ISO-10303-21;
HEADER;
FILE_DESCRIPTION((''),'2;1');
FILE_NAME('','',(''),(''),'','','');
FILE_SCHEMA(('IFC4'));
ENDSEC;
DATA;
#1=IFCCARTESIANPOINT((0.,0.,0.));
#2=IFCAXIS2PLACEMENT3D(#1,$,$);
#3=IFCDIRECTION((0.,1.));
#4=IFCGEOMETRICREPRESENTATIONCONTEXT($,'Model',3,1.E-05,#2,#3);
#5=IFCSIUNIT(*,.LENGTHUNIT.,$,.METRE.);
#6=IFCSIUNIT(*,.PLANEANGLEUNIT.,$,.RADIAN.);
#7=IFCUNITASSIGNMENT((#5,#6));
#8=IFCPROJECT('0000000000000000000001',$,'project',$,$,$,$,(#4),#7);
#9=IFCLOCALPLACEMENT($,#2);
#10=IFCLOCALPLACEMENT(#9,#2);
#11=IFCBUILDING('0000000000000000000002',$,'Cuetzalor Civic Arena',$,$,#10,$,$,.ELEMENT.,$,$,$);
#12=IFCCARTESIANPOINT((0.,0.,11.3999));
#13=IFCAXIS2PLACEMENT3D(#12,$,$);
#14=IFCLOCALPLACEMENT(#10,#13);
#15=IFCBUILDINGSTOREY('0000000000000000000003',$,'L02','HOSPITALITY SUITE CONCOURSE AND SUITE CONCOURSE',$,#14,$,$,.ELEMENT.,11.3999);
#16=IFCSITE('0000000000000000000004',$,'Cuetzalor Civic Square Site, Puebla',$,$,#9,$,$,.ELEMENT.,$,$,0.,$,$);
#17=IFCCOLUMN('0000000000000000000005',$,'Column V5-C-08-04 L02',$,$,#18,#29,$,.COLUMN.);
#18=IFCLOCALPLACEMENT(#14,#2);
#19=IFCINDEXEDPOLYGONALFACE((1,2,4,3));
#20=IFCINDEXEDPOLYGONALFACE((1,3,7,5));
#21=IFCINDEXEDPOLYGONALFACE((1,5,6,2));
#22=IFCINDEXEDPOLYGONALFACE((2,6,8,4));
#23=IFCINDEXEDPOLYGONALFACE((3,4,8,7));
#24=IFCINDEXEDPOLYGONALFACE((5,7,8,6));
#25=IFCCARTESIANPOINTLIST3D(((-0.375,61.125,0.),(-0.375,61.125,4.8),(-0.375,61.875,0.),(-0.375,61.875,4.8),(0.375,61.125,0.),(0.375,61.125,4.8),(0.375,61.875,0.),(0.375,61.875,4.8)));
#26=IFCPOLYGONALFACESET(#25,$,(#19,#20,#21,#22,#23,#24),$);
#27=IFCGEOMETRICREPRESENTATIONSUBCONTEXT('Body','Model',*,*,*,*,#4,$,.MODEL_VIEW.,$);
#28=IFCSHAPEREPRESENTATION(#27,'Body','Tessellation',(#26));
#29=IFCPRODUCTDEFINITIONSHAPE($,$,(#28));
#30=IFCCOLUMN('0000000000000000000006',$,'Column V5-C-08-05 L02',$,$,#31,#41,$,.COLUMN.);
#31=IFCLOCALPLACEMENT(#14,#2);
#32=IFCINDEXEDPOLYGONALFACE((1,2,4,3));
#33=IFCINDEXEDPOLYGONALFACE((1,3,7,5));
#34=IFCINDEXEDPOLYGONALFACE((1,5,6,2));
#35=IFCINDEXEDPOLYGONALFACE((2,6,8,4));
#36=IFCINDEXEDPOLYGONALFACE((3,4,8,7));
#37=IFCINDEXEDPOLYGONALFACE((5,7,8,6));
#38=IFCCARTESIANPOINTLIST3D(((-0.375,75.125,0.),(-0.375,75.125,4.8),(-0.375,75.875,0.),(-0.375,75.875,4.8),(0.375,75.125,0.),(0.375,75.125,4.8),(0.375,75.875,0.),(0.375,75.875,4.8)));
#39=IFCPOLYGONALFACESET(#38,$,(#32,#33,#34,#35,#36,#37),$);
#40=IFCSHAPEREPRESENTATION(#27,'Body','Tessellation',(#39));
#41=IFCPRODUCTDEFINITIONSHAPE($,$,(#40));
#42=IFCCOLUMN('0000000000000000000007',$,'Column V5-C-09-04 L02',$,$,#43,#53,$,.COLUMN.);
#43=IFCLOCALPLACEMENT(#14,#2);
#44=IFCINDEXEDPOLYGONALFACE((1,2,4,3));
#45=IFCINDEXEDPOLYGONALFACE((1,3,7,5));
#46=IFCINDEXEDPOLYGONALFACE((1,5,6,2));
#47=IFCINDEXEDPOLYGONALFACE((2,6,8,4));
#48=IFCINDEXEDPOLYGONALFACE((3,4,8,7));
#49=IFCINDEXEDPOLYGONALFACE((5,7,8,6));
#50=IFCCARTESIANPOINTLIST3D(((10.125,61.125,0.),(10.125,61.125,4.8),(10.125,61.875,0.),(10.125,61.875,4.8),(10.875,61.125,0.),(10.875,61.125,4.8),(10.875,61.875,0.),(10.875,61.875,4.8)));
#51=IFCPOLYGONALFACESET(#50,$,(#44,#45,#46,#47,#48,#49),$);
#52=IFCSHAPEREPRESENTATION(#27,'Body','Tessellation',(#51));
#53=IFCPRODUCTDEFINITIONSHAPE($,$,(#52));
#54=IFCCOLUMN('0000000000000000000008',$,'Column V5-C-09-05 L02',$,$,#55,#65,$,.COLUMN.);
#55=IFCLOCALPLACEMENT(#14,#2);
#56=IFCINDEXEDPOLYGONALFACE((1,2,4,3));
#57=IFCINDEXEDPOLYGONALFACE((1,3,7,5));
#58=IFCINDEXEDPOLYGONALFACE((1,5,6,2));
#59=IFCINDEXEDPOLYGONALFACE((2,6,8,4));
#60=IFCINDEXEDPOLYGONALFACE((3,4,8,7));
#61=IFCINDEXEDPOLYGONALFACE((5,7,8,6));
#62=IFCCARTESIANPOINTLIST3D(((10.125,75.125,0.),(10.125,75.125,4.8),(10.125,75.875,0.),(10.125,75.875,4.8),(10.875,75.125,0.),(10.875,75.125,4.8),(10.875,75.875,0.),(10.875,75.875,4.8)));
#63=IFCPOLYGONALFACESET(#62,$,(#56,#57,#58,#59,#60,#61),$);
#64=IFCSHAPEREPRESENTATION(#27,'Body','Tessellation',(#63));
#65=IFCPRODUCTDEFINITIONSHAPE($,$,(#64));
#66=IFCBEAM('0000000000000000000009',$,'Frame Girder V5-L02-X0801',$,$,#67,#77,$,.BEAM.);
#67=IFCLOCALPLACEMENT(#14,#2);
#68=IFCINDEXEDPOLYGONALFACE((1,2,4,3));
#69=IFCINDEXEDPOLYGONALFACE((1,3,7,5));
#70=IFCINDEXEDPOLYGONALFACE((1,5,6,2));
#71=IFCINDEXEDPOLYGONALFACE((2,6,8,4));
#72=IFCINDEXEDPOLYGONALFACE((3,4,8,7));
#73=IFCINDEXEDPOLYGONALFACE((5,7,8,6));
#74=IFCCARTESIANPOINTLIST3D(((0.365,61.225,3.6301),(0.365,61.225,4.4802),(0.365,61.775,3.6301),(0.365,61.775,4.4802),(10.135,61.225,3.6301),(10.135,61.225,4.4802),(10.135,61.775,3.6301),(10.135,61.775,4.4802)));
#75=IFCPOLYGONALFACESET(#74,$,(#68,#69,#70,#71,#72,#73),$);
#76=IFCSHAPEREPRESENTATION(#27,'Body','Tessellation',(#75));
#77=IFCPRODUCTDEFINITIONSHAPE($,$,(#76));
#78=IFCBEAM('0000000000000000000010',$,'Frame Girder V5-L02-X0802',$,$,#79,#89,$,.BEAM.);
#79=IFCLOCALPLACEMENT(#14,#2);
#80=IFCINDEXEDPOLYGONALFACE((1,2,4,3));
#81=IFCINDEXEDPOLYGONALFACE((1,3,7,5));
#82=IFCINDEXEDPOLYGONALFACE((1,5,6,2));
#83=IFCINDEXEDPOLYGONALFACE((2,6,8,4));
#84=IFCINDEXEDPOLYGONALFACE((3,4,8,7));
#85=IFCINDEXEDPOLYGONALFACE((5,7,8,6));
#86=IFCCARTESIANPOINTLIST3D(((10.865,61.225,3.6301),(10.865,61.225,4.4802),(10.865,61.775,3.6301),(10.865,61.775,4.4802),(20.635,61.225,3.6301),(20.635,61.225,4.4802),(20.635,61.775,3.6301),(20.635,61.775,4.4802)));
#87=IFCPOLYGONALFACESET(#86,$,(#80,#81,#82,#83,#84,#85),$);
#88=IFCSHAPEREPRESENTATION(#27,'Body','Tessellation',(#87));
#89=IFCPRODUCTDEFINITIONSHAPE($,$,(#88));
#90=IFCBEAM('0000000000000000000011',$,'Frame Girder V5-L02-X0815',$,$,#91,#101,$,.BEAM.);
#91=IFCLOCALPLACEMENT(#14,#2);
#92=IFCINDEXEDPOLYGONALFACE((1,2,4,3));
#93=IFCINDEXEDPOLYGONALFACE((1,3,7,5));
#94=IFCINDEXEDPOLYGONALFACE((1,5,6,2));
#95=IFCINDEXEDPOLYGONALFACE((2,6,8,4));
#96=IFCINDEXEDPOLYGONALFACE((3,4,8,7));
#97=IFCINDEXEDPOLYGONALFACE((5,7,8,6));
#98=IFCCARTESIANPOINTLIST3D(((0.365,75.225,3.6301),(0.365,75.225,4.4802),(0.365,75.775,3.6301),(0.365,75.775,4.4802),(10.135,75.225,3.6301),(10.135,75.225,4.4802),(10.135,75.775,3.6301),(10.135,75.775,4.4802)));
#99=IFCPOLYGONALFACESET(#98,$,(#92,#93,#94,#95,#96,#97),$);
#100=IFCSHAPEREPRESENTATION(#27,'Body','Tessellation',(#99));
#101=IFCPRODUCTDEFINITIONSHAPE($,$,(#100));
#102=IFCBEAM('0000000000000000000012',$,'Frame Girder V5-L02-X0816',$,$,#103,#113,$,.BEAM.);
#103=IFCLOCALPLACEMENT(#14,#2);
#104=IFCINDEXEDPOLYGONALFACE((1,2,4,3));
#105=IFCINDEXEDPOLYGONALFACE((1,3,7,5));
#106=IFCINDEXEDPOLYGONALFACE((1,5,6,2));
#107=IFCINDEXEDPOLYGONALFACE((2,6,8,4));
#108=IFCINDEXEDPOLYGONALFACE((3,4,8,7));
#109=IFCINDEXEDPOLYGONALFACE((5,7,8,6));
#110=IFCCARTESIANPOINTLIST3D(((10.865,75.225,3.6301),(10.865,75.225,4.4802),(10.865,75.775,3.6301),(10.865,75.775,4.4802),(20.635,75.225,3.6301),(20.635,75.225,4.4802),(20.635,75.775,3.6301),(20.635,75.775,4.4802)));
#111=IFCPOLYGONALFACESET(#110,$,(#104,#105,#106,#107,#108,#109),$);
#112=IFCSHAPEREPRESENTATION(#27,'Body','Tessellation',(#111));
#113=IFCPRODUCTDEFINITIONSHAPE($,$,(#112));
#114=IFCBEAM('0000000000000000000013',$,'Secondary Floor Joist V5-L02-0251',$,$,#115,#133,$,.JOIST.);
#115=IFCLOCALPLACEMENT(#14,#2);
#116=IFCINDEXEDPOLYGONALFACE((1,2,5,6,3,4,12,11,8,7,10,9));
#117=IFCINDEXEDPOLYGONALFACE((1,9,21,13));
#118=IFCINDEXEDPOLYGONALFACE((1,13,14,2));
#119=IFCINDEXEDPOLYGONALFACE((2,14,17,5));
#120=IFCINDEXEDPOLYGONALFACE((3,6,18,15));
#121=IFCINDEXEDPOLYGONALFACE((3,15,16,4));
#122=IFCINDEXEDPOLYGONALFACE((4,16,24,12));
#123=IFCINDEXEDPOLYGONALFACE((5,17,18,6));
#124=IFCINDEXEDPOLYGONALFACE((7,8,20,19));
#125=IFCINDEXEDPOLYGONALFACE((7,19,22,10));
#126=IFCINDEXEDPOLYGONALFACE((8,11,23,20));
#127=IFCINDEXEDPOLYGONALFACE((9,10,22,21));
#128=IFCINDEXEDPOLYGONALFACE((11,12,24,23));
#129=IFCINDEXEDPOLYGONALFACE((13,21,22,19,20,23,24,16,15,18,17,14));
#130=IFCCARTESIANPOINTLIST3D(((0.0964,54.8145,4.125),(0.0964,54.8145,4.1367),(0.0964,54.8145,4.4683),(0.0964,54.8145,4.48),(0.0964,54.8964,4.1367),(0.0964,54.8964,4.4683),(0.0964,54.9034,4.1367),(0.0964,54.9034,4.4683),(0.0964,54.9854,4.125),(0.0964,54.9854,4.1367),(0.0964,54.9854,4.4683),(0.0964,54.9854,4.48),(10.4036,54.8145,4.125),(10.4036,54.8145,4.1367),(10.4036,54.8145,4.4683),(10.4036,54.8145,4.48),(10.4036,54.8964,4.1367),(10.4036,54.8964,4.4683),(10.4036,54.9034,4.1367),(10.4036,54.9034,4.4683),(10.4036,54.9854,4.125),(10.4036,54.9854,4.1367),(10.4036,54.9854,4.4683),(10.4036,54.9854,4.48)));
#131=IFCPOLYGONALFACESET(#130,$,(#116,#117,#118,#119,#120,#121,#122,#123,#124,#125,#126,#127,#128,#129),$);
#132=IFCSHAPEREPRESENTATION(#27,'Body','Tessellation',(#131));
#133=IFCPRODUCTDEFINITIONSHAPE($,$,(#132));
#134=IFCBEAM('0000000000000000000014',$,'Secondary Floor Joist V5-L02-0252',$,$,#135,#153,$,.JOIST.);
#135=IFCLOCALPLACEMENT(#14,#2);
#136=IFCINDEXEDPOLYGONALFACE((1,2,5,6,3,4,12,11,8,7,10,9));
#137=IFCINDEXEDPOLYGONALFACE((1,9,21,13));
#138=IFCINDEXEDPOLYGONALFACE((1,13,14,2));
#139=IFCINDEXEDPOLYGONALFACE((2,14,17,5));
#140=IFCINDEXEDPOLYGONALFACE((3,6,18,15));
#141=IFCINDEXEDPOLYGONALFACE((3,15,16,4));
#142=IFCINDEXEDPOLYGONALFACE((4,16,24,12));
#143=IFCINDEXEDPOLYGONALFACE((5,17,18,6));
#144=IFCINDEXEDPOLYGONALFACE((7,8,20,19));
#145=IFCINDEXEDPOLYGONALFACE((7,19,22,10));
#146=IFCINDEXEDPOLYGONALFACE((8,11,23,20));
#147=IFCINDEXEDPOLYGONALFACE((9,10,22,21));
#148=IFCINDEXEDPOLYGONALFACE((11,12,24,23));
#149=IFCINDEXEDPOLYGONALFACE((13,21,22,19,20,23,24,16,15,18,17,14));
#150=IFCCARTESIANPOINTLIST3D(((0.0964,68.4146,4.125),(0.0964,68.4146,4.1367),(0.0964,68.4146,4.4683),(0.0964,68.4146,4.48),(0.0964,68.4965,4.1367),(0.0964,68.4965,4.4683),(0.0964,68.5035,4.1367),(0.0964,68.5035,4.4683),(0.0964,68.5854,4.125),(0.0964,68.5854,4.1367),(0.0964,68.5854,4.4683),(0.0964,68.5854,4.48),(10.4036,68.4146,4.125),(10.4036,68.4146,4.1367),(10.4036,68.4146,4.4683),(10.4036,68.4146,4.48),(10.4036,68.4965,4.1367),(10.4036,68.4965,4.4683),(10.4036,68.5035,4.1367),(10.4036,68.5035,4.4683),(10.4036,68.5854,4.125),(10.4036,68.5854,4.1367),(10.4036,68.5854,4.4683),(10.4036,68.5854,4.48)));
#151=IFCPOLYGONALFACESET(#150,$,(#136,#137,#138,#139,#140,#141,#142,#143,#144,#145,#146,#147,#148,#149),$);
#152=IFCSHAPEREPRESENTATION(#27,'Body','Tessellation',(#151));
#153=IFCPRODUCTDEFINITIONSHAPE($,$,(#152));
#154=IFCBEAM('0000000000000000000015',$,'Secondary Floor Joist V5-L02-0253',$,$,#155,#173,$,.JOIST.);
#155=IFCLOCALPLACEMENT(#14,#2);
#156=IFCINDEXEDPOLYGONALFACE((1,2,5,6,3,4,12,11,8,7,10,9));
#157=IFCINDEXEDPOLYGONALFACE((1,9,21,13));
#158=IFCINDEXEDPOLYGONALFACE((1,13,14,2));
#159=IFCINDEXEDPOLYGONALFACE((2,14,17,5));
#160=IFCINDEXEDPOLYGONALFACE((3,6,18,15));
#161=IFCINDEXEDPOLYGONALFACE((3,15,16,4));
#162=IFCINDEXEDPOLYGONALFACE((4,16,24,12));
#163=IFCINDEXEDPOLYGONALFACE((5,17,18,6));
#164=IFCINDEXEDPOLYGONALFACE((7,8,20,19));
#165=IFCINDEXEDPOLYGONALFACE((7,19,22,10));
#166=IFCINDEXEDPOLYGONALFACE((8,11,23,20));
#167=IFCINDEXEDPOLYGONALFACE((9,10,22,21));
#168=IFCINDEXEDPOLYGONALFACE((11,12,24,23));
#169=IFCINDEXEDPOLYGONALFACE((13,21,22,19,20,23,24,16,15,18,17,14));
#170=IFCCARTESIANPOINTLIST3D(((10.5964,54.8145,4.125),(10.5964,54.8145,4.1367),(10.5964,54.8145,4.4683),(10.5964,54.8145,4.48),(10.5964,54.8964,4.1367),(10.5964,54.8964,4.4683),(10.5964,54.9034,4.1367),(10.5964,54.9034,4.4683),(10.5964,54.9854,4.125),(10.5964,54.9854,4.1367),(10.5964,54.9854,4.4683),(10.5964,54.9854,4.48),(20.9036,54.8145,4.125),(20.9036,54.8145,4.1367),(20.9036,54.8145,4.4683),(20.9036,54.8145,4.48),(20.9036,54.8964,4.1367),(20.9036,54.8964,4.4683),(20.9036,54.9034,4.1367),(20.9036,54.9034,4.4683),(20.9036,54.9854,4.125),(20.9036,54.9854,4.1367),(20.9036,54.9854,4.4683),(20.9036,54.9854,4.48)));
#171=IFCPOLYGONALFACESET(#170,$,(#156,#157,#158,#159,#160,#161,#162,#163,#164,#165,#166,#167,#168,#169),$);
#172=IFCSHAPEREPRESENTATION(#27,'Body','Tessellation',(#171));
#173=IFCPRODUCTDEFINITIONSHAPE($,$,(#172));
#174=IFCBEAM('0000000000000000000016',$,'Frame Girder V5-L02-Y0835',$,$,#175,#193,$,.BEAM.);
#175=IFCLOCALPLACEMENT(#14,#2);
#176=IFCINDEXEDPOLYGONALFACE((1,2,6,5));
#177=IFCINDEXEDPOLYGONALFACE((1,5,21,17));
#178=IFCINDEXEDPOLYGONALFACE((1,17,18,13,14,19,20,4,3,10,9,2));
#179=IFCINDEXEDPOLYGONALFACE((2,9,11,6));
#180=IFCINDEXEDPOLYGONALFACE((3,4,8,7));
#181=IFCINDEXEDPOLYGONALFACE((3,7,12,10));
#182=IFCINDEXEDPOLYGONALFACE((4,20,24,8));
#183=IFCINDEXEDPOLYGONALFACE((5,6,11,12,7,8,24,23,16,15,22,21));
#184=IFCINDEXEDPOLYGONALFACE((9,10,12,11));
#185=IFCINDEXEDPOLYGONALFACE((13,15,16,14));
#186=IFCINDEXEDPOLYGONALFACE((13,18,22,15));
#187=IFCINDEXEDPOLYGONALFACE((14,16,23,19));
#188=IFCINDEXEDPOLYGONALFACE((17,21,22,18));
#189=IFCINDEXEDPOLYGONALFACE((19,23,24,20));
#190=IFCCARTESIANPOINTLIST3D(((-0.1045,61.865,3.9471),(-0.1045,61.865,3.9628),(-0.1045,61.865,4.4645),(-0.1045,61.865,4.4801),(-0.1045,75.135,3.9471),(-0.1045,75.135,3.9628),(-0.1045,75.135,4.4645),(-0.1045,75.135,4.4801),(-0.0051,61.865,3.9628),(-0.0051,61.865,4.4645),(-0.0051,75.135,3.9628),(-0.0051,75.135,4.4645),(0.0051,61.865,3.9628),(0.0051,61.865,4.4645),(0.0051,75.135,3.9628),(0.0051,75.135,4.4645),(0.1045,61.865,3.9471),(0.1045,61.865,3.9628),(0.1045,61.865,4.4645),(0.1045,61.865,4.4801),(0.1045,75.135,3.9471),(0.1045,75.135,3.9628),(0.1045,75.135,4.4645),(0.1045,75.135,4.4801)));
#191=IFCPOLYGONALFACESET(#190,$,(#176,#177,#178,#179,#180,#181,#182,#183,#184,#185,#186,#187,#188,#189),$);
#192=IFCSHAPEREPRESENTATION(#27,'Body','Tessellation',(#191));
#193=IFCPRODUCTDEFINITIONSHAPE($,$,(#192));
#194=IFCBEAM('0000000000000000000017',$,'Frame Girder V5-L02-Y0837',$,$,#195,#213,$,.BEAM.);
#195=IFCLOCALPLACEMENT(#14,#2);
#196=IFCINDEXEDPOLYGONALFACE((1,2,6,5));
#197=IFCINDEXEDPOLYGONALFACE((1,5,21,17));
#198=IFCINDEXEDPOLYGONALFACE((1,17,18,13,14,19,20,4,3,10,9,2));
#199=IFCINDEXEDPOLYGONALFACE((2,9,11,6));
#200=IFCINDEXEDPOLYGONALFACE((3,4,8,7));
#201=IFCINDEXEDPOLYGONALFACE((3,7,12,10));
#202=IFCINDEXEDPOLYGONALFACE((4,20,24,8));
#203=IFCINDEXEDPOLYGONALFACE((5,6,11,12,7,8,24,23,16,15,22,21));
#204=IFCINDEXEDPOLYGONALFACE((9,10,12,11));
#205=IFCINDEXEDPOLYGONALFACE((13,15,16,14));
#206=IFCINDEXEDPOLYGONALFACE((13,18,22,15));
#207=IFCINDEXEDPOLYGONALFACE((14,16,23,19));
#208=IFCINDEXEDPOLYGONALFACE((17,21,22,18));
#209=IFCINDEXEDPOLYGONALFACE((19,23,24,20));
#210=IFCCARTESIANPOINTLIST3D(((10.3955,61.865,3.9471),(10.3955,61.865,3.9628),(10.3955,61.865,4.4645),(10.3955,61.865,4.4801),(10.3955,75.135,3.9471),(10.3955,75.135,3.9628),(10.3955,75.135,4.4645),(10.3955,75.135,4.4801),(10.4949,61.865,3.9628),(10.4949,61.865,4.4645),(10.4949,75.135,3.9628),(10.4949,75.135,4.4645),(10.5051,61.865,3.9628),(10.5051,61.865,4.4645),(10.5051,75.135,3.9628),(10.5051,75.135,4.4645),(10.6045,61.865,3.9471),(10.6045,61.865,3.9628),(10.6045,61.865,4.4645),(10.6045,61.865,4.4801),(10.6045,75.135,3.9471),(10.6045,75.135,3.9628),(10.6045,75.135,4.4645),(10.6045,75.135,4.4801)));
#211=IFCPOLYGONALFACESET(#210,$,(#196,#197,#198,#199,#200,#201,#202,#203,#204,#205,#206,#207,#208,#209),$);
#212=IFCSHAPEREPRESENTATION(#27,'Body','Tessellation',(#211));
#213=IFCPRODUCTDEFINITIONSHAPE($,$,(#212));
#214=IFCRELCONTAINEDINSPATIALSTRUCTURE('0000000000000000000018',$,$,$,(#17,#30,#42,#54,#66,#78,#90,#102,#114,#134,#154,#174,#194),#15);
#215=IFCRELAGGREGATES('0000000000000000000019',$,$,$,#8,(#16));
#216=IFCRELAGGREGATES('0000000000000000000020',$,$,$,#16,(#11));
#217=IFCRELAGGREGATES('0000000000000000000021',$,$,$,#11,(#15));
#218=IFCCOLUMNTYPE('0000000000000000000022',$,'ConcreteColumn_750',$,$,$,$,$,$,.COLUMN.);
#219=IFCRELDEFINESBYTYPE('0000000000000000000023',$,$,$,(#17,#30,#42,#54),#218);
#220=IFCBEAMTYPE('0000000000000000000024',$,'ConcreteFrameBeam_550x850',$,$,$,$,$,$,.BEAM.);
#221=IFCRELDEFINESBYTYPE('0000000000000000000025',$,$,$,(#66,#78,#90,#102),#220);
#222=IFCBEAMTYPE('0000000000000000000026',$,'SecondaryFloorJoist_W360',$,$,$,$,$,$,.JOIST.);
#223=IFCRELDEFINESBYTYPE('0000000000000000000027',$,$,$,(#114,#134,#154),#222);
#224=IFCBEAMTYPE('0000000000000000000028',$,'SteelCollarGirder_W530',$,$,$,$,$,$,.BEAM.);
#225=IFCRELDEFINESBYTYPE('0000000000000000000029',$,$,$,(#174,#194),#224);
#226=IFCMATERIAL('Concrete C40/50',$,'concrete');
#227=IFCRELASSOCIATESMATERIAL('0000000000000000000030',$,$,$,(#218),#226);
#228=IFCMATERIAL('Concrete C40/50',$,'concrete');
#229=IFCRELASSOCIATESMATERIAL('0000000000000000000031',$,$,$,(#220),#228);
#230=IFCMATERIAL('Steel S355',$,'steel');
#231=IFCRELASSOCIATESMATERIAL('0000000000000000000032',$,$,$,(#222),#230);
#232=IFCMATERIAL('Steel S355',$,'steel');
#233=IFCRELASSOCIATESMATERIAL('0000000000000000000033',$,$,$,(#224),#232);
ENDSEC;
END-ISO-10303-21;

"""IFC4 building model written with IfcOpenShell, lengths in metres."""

from ifc_helpers import new_model, si_unit, direction, frame, origin, origin_2d, place, context, subcontext, project, spatial, rectangle, i_section, extrude, material, material_profile, profile_set, type_object, element, save


model = new_model("IFC4")

# Units and contexts
model_context = context("Model", 3, precision=1e-05, world=origin(), true_north=direction((0.0, 1.0)))
body_context = subcontext(model_context, "Body", "Model", "MODEL_VIEW")
ifc_project = project(units=[si_unit("LENGTHUNIT", "METRE"), si_unit("PLANEANGLEUNIT", "RADIAN")], contexts=[model_context])

# Site, building, storey
site_placement = place(None, origin())
site = spatial("IfcSite", under=ifc_project, at=site_placement, Name="Cuetzalor Civic Square Site, Puebla", CompositionType="ELEMENT", RefElevation=0.0)
building_placement = place(site_placement, origin())
building = spatial("IfcBuilding", under=site, at=building_placement, Name="Cuetzalor Civic Arena", CompositionType="ELEMENT")
storey_placement = place(building_placement, frame((0.0, 0.0, 11.3999)))
storey = spatial("IfcBuildingStorey", under=building, at=storey_placement, Name="L02", Description="HOSPITALITY SUITE CONCOURSE AND SUITE CONCOURSE", CompositionType="ELEMENT", Elevation=11.3999)

# Columns
ifc_material_1 = material(Name="Concrete C40/50", Category="concrete")
ifc_material_profile_1 = material_profile(ifc_material_1, rectangle(XDim=0.75, YDim=0.75, at=origin_2d()), Name="RC 750x750")
ifc_profile_set_1 = profile_set([ifc_material_profile_1], Name="Concrete C40/50")
column_type = type_object("IfcColumnType", Name="ConcreteColumn_750", PredefinedType="COLUMN", material=ifc_profile_set_1)
for number, where, z_axis, x_axis, name in (
    (1, (0.0, 61.5, 0.0), (0.0, 0.0, 1.0), (1.0, 0.0, 0.0), "Column V5-C-08-04 L02"),
    (2, (0.0, 75.5, 0.0), (0.0, 0.0, 1.0), (1.0, 0.0, 0.0), "Column V5-C-08-05 L02"),
    (3, (10.5, 61.5, 0.0), (0.0, 0.0, 1.0), (1.0, 0.0, 0.0), "Column V5-C-09-04 L02"),
    (4, (10.5, 75.5, 0.0), (0.0, 0.0, 1.0), (1.0, 0.0, 0.0), "Column V5-C-09-05 L02"),
):
    element("IfcColumn", number, at=place(storey_placement, frame(where, z_axis=z_axis, x_axis=x_axis)), inside=storey, type_object=column_type, Name=name, PredefinedType="COLUMN", context=body_context, shape_type="SweptSolid", body=[
        extrude(rectangle(XDim=0.75, YDim=0.75, at=origin_2d()), origin(), (0.0, 0.0, 1.0), 4.8),
    ])

# Beams
ifc_material_2 = material(Name="Concrete C40/50", Category="concrete")
ifc_material_profile_2 = material_profile(ifc_material_2, rectangle(XDim=0.55, YDim=0.8501, at=origin_2d()), Name="RC 550x850")
ifc_profile_set_2 = profile_set([ifc_material_profile_2], Name="Concrete C40/50")
beam_type_1 = type_object("IfcBeamType", Name="ConcreteFrameBeam_550x850", PredefinedType="BEAM", material=ifc_profile_set_2)
for number, where, z_axis, x_axis, name in (
    (5, (0.365, 61.5, 4.0552), (1.0, 0.0, 0.0), (0.0, 1.0, 0.0), "Frame Girder V5-L02-X0801"),
    (6, (10.865, 61.5, 4.0552), (1.0, 0.0, 0.0), (0.0, 1.0, 0.0), "Frame Girder V5-L02-X0802"),
    (7, (0.365, 75.5, 4.0552), (1.0, 0.0, 0.0), (0.0, 1.0, 0.0), "Frame Girder V5-L02-X0815"),
    (8, (10.865, 75.5, 4.0552), (1.0, 0.0, 0.0), (0.0, 1.0, 0.0), "Frame Girder V5-L02-X0816"),
):
    element("IfcBeam", number, at=place(storey_placement, frame(where, z_axis=z_axis, x_axis=x_axis)), inside=storey, type_object=beam_type_1, Name=name, PredefinedType="BEAM", context=body_context, shape_type="SweptSolid", body=[
        extrude(rectangle(XDim=0.55, YDim=0.8501, at=origin_2d()), origin(), (0.0, 0.0, 1.0), 9.77),
    ])
ifc_material_3 = material(Name="Steel S355", Category="steel")
ifc_material_profile_3 = material_profile(ifc_material_3, i_section(OverallWidth=0.1709, OverallDepth=0.355, WebThickness=0.0071, FlangeThickness=0.0117, at=origin_2d()), Name="W360x51")
ifc_profile_set_3 = profile_set([ifc_material_profile_3], Name="Steel S355")
beam_type_2 = type_object("IfcBeamType", Name="SecondaryFloorJoist_W360", PredefinedType="JOIST", material=ifc_profile_set_3)
for number, where, z_axis, x_axis, name in (
    (9, (0.0964, 54.8999, 4.3025), (1.0, 0.0, 0.0), (0.0, 1.0, 0.0), "Secondary Floor Joist V5-L02-0251"),
    (10, (0.0964, 68.5, 4.3025), (1.0, 0.0, 0.0), (0.0, 1.0, 0.0), "Secondary Floor Joist V5-L02-0252"),
    (11, (10.5964, 54.8999, 4.3025), (1.0, 0.0, 0.0), (0.0, 1.0, 0.0), "Secondary Floor Joist V5-L02-0253"),
):
    element("IfcBeam", number, at=place(storey_placement, frame(where, z_axis=z_axis, x_axis=x_axis)), inside=storey, type_object=beam_type_2, Name=name, PredefinedType="JOIST", context=body_context, shape_type="SweptSolid", body=[
        extrude(i_section(OverallWidth=0.1709, OverallDepth=0.355, WebThickness=0.0071, FlangeThickness=0.0117, at=origin_2d()), origin(), (0.0, 0.0, 1.0), 10.3071),
    ])
ifc_material_4 = material(Name="Steel S355", Category="steel")
ifc_material_profile_4 = material_profile(ifc_material_4, i_section(OverallWidth=0.209, OverallDepth=0.533, WebThickness=0.0103, FlangeThickness=0.0156, at=origin_2d()), Name="W530x92")
ifc_profile_set_4 = profile_set([ifc_material_profile_4], Name="Steel S355")
beam_type_3 = type_object("IfcBeamType", Name="SteelCollarGirder_W530", PredefinedType="BEAM", material=ifc_profile_set_4)
for number, where, z_axis, x_axis, name in (
    (12, (0.0, 61.865, 4.2136), (0.0, 1.0, 0.0), (-1.0, 0.0, 0.0), "Frame Girder V5-L02-Y0835"),
    (13, (10.5, 61.865, 4.2136), (0.0, 1.0, 0.0), (-1.0, 0.0, 0.0), "Frame Girder V5-L02-Y0837"),
):
    element("IfcBeam", number, at=place(storey_placement, frame(where, z_axis=z_axis, x_axis=x_axis)), inside=storey, type_object=beam_type_3, Name=name, PredefinedType="BEAM", context=body_context, shape_type="SweptSolid", body=[
        extrude(i_section(OverallWidth=0.209, OverallDepth=0.533, WebThickness=0.0103, FlangeThickness=0.0156, at=origin_2d()), origin(), (0.0, 0.0, 1.0), 13.27),
    ])

save(model, "model.ifc")
